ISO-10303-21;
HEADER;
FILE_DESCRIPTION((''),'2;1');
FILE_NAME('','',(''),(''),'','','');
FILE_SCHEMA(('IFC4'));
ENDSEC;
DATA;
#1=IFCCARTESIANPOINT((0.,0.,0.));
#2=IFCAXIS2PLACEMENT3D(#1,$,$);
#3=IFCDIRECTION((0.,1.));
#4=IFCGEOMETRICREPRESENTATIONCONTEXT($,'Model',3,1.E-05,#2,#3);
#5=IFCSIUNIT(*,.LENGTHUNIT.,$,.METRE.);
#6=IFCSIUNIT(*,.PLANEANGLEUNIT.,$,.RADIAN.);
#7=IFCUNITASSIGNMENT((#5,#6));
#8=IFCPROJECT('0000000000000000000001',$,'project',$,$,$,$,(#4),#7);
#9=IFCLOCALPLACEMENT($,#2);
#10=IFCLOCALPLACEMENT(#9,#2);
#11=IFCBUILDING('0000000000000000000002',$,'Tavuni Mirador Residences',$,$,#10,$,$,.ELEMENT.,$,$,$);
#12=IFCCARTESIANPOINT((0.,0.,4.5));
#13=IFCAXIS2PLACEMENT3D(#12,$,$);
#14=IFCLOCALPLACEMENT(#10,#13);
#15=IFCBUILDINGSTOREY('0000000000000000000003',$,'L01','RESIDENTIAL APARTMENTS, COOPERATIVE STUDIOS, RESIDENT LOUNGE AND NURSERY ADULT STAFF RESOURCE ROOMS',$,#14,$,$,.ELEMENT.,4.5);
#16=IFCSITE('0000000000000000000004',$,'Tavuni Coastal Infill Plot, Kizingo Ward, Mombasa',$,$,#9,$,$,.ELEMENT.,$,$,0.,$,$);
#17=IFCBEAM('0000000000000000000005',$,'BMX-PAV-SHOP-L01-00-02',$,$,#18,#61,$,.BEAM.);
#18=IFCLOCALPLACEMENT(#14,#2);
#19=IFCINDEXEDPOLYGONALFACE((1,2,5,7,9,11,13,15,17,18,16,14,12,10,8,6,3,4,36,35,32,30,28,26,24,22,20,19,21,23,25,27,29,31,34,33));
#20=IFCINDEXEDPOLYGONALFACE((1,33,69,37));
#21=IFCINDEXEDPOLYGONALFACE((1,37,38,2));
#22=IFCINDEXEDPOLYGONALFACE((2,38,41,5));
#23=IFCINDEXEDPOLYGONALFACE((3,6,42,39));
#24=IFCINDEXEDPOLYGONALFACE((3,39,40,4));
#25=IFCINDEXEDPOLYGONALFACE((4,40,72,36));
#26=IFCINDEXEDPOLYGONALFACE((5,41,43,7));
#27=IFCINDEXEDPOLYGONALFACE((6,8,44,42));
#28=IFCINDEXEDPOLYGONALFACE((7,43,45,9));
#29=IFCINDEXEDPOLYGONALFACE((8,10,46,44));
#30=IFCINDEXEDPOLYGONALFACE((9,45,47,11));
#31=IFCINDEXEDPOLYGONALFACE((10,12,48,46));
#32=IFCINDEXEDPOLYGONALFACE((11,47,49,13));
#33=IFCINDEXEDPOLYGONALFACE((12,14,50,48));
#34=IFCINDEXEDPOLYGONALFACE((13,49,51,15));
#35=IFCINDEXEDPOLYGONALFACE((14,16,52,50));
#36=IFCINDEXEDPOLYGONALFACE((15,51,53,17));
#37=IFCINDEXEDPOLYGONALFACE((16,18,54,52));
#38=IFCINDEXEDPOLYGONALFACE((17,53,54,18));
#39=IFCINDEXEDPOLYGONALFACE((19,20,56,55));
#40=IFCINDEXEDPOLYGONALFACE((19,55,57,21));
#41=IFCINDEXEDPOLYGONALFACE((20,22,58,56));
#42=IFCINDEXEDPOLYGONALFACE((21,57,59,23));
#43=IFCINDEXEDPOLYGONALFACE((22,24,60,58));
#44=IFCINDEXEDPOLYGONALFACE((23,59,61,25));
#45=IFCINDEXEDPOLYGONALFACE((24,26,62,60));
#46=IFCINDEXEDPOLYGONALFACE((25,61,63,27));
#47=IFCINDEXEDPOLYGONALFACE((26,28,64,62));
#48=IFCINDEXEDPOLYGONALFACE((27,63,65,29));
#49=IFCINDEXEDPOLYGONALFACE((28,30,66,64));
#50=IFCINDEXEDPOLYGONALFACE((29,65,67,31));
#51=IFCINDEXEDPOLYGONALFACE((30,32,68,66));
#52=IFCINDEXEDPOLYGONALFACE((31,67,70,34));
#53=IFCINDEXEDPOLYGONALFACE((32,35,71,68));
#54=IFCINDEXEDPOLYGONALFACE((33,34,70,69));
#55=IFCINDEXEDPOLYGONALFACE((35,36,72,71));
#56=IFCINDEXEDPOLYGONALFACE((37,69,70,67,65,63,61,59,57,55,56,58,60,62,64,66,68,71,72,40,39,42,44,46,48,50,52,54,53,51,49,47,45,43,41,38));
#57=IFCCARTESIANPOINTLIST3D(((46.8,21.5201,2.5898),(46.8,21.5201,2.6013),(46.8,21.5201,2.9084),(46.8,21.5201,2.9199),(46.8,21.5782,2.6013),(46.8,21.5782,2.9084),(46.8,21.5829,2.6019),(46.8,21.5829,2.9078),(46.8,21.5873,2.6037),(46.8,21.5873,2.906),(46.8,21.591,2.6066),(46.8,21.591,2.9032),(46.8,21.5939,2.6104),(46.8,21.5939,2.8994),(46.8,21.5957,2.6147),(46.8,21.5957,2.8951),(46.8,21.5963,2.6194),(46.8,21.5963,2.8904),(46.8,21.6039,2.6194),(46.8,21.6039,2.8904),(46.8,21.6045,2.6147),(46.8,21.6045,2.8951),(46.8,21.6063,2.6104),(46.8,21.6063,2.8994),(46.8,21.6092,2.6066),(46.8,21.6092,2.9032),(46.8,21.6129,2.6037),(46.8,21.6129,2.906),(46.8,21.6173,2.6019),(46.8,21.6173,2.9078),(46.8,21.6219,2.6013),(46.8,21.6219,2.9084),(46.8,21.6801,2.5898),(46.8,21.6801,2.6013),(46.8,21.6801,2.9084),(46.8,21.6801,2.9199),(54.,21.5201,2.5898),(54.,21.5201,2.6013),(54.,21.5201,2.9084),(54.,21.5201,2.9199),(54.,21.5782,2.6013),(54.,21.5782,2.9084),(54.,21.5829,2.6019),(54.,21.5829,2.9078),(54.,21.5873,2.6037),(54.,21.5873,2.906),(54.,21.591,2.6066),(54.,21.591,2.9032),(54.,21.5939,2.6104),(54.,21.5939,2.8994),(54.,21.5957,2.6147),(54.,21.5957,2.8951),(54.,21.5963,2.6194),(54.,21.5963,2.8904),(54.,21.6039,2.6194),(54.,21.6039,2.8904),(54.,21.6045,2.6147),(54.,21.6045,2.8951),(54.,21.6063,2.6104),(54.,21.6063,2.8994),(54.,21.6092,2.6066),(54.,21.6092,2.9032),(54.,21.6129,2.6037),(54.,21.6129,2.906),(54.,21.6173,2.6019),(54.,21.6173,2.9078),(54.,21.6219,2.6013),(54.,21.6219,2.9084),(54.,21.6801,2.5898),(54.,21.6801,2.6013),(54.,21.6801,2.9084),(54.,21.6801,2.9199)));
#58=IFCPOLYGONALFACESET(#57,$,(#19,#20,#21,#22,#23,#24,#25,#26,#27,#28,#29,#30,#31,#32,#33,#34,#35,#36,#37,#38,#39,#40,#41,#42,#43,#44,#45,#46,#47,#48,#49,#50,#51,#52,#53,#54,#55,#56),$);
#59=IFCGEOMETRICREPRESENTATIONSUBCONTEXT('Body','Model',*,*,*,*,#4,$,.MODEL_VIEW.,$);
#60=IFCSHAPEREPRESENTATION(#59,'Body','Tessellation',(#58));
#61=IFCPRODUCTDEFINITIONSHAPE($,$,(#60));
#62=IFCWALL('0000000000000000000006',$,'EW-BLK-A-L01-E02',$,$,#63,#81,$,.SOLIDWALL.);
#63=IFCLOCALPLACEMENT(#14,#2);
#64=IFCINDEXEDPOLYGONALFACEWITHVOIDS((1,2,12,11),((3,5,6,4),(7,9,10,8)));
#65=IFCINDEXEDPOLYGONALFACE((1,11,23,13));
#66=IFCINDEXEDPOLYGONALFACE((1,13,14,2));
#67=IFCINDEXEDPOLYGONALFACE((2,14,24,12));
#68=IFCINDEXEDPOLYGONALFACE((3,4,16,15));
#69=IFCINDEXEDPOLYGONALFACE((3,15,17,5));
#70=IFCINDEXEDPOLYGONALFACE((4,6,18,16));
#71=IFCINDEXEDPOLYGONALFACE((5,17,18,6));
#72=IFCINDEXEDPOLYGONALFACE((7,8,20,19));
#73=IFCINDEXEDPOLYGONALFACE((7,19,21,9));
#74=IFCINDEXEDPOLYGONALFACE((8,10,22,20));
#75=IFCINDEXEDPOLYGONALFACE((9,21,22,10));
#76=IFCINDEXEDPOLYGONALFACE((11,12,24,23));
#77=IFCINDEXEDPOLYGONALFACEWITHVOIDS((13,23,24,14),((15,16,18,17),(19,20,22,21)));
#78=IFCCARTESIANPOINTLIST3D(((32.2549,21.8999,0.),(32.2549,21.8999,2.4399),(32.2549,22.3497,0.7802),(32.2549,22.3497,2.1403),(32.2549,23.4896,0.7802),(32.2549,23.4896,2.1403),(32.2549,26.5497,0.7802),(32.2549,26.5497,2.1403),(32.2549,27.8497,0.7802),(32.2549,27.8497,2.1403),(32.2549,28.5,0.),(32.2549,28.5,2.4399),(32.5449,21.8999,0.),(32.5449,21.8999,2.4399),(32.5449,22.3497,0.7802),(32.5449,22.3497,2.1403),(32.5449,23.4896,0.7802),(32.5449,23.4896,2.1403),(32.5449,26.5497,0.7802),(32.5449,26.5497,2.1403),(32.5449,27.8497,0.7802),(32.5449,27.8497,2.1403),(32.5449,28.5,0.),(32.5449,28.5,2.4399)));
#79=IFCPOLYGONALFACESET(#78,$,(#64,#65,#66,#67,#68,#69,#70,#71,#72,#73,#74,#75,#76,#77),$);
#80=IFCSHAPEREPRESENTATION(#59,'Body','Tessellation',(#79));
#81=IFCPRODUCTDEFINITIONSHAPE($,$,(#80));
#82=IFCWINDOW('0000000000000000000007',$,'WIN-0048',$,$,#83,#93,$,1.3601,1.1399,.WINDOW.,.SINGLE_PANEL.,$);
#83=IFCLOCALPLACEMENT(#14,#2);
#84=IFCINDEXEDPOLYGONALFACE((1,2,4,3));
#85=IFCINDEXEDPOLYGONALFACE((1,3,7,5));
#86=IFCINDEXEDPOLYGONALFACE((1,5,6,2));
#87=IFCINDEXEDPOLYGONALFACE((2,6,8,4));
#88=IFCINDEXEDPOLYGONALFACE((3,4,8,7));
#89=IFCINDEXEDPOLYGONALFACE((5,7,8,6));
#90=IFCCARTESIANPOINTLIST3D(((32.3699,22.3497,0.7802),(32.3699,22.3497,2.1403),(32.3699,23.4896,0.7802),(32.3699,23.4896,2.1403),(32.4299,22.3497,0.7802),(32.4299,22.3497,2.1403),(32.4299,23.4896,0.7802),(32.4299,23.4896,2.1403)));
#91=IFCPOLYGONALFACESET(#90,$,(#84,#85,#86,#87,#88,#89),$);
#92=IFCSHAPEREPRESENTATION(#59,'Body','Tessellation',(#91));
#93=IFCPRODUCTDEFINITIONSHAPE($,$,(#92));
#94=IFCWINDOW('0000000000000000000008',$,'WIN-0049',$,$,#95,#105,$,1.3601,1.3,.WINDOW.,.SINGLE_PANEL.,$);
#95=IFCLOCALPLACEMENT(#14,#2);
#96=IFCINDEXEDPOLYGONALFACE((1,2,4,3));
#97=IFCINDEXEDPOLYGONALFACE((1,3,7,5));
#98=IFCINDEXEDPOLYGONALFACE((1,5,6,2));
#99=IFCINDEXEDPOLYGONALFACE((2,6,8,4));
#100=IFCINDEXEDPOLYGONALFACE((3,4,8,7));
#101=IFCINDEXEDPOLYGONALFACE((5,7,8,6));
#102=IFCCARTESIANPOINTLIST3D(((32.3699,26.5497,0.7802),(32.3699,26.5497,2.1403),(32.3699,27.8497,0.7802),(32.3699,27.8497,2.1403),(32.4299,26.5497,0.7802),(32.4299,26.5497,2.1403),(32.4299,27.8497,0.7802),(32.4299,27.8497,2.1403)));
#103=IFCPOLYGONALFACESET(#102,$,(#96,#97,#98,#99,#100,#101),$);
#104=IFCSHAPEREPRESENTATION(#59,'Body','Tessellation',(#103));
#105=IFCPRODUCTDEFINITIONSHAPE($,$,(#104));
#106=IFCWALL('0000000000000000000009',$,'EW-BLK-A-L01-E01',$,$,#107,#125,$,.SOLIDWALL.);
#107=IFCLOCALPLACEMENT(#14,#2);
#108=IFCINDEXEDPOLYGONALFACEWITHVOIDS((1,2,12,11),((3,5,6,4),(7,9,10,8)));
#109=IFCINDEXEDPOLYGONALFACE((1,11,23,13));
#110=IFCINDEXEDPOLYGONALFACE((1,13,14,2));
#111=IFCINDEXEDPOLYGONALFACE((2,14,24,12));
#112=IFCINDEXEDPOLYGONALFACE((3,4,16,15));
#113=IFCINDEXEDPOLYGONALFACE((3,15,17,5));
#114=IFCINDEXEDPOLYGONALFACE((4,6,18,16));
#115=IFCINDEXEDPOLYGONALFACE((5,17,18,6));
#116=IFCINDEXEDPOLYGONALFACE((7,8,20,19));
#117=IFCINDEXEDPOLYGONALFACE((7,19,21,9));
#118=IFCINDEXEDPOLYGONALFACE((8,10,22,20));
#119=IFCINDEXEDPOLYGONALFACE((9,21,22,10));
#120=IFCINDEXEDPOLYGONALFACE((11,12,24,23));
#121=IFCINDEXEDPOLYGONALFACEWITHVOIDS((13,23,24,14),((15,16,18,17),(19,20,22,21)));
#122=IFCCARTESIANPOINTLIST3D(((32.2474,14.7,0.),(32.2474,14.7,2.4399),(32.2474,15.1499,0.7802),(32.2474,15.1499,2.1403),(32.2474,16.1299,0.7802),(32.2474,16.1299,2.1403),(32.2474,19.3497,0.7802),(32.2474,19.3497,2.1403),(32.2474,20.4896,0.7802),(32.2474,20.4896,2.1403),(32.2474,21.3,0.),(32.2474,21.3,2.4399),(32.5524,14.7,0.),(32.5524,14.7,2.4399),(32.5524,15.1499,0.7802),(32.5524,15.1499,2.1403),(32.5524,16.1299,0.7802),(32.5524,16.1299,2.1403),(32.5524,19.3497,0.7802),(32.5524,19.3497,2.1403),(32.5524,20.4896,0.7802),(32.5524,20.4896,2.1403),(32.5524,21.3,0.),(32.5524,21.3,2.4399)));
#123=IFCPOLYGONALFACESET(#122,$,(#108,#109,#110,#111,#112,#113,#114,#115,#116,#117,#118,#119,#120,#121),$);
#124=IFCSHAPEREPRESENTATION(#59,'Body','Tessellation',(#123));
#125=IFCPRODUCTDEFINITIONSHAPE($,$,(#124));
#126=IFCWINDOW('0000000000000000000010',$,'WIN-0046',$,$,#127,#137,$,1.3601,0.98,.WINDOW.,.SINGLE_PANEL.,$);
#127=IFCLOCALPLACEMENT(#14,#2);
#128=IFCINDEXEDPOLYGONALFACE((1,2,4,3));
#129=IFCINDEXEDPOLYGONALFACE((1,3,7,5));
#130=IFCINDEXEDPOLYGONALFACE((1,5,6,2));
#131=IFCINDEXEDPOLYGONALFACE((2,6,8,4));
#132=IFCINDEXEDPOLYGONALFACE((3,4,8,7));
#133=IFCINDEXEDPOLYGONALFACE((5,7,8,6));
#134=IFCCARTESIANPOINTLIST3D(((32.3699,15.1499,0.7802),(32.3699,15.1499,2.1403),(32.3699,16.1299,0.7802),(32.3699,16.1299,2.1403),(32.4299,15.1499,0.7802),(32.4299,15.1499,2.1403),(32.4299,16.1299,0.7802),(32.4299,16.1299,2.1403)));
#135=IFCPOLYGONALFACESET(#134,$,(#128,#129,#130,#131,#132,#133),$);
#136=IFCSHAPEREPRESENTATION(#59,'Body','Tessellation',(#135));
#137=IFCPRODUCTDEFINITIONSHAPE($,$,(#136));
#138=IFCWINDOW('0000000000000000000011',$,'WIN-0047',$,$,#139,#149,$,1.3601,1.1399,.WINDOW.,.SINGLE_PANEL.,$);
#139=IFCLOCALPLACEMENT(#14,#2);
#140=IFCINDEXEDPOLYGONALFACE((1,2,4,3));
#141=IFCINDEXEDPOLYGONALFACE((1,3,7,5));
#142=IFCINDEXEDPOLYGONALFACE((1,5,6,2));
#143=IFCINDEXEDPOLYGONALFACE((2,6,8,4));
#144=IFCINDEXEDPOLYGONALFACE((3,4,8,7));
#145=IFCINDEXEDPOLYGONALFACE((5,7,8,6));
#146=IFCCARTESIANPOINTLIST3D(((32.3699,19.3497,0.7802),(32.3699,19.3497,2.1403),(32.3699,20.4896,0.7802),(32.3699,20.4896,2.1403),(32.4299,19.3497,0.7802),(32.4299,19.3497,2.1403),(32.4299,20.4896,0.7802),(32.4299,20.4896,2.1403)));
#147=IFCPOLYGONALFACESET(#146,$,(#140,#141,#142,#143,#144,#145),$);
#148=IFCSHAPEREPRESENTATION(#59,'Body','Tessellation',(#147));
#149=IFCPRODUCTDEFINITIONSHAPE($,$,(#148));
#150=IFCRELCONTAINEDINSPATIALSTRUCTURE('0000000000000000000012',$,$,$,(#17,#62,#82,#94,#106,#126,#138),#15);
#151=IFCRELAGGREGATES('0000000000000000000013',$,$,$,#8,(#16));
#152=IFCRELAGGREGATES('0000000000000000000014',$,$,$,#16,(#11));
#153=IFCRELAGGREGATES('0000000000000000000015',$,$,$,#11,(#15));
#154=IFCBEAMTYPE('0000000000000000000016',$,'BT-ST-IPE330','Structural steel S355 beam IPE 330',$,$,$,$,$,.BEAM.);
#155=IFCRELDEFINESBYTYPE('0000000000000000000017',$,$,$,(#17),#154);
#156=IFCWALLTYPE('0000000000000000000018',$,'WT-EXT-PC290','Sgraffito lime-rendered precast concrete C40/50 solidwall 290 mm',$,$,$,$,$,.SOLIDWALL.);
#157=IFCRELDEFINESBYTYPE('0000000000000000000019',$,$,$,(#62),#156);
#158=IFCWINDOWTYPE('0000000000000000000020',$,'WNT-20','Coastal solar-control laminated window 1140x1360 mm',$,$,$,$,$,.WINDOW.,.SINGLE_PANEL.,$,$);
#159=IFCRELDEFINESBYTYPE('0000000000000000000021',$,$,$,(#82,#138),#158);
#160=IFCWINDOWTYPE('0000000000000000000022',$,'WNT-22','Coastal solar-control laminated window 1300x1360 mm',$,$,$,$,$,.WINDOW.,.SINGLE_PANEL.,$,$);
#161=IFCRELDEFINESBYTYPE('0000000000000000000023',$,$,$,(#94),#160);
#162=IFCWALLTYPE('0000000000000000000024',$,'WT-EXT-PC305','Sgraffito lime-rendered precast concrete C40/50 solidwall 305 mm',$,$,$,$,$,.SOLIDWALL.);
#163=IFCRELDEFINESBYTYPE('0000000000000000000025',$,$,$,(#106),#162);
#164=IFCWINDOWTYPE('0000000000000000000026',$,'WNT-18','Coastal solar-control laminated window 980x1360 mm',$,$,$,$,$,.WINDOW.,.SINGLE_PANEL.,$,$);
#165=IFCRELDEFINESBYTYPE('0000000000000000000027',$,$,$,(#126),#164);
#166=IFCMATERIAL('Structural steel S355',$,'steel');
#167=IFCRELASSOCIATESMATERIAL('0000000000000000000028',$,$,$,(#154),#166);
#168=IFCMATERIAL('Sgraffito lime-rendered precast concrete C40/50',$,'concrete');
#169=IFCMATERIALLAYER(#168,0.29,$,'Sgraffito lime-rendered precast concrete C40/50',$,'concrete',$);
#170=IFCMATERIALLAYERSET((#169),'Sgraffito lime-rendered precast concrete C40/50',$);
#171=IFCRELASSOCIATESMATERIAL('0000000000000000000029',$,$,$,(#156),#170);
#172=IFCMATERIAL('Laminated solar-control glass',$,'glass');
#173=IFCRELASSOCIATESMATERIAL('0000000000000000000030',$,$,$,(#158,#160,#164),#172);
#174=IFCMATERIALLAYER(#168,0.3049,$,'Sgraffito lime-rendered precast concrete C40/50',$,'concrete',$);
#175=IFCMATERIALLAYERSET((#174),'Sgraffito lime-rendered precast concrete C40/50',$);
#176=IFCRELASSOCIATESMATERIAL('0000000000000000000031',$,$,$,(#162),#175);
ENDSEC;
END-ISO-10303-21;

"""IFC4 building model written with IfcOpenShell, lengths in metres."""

from ifc_helpers import new_model, si_unit, direction, frame, frame_2d, origin, origin_2d, place, context, subcontext, project, spatial, rectangle, i_section, extrude, material, layer, layer_set, material_profile, profile_set, type_object, element, fill, save


model = new_model("IFC4")

# Units and contexts
model_context = context("Model", 3, precision=1e-05, world=origin(), true_north=direction((0.0, 1.0)))
body_context = subcontext(model_context, "Body", "Model", "MODEL_VIEW")
ifc_project = project(units=[si_unit("LENGTHUNIT", "METRE"), si_unit("PLANEANGLEUNIT", "RADIAN")], contexts=[model_context])

# Site, building, storey
site_placement = place(None, origin())
site = spatial("IfcSite", under=ifc_project, at=site_placement, Name="Tavuni Coastal Infill Plot, Kizingo Ward, Mombasa", CompositionType="ELEMENT", RefElevation=0.0)
building_placement = place(site_placement, origin())
building = spatial("IfcBuilding", under=site, at=building_placement, Name="Tavuni Mirador Residences", CompositionType="ELEMENT")
storey_placement = place(building_placement, frame((0.0, 0.0, 4.5)))
storey = spatial("IfcBuildingStorey", under=building, at=storey_placement, Name="L01", Description="RESIDENTIAL APARTMENTS, COOPERATIVE STUDIOS, RESIDENT LOUNGE AND NURSERY ADULT STAFF RESOURCE ROOMS", CompositionType="ELEMENT", Elevation=4.5)

# Beam
ifc_material_1 = material(Name="Structural steel S355", Category="steel")
ifc_material_profile_1 = material_profile(ifc_material_1, i_section(OverallWidth=0.1599, OverallDepth=0.3301, WebThickness=0.0076, FlangeThickness=0.0115, FilletRadius=0.0181, at=origin_2d()), Name="IPE 330", Category="steel")
ifc_profile_set_1 = profile_set([ifc_material_profile_1], Name="Structural steel S355")
beam_type_1 = type_object("IfcBeamType", Name="BT-ST-IPE330", Description="Structural steel S355 beam IPE 330", PredefinedType="BEAM", material=ifc_profile_set_1)
for number, where, z_axis, x_axis, name in (
    (1, (46.8, 21.6001, 2.7549), (1.0, 0.0, 0.0), (0.0, 1.0, 0.0), "BMX-PAV-SHOP-L01-00-02"),
):
    element("IfcBeam", number, at=place(storey_placement, frame(where, z_axis=z_axis, x_axis=x_axis)), inside=storey, type_object=beam_type_1, Name=name, PredefinedType="BEAM", context=body_context, shape_type="SweptSolid", body=[
        extrude(i_section(OverallWidth=0.1599, OverallDepth=0.3301, WebThickness=0.0076, FlangeThickness=0.0115, FilletRadius=0.0181, at=origin_2d()), origin(), (0.0, 0.0, 1.0), 7.2),
    ])

# Walls, openings, windows
ifc_material_2 = material(Name="Sgraffito lime-rendered precast concrete C40/50", Category="concrete")
ifc_layer_1 = layer(ifc_material_2, 0.29, Name="Sgraffito lime-rendered precast concrete C40/50", Category="concrete")
ifc_layer_set_1 = layer_set([ifc_layer_1], Name="Sgraffito lime-rendered precast concrete C40/50")
wall_type_1 = type_object("IfcWallType", Name="WT-EXT-PC290", Description="Sgraffito lime-rendered precast concrete C40/50 solidwall 290 mm", PredefinedType="SOLIDWALL", material=ifc_layer_set_1)
wall_1_placement = place(storey_placement, frame((32.3999, 21.8999, 0.0), z_axis=(0.0, 0.0, 1.0), x_axis=(0.0, 1.0, 0.0)))
wall_1 = element("IfcWall", 2, at=wall_1_placement, inside=storey, type_object=wall_type_1, Name="EW-BLK-A-L01-E02", PredefinedType="SOLIDWALL", context=body_context, shape_type="SweptSolid", body=[
    extrude(rectangle(XDim=6.6001, YDim=0.29, at=frame_2d((3.3, 0.0))), origin(), (0.0, 0.0, 1.0), 2.4399),
])
opening_1_placement = place(wall_1_placement, frame((0.45, 0.0, 0.78)))
opening_1 = element("IfcOpeningElement", 3, at=opening_1_placement, cuts=wall_1, PredefinedType="OPENING", context=body_context, shape_type="SweptSolid", body=[
    extrude(rectangle(XDim=1.1399, YDim=1.3601, at=frame_2d((0.5698, 0.6802))), frame((0.0, 0.155, 0.0), z_axis=(0.0, -1.0, 0.0), x_axis=(1.0, 0.0, 0.0)), (0.0, 0.0, 1.0), 0.3101),
])
opening_2_placement = place(wall_1_placement, frame((4.6499, 0.0, 0.78)))
opening_2 = element("IfcOpeningElement", 4, at=opening_2_placement, cuts=wall_1, PredefinedType="OPENING", context=body_context, shape_type="SweptSolid", body=[
    extrude(rectangle(XDim=1.3, YDim=1.3601, at=frame_2d((0.6499, 0.6802))), frame((0.0, 0.155, 0.0), z_axis=(0.0, -1.0, 0.0), x_axis=(1.0, 0.0, 0.0)), (0.0, 0.0, 1.0), 0.3101),
])
ifc_material_3 = material(Name="Laminated solar-control glass", Category="glass")
window_type_1 = type_object("IfcWindowType", Name="WNT-20", Description="Coastal solar-control laminated window 1140x1360 mm", PartitioningType="SINGLE_PANEL", PredefinedType="WINDOW", material=ifc_material_3)
window_1_placement = place(opening_1_placement, origin())
window_1 = element("IfcWindow", 5, at=window_1_placement, inside=storey, type_object=window_type_1, Name="WIN-0048", OverallHeight=1.3601, OverallWidth=1.1399, PartitioningType="SINGLE_PANEL", PredefinedType="WINDOW", context=body_context, shape_type="SweptSolid", body=[
    extrude(rectangle(XDim=1.1399, YDim=1.3601, at=frame_2d((0.5698, 0.6802))), frame((0.0, 0.03, 0.0), z_axis=(0.0, -1.0, 0.0), x_axis=(1.0, 0.0, 0.0)), (0.0, 0.0, 1.0), 0.0601),
])
fill(opening_1, window_1)
window_type_2 = type_object("IfcWindowType", Name="WNT-22", Description="Coastal solar-control laminated window 1300x1360 mm", PartitioningType="SINGLE_PANEL", PredefinedType="WINDOW", material=ifc_material_3)
window_2_placement = place(opening_2_placement, origin())
window_2 = element("IfcWindow", 6, at=window_2_placement, inside=storey, type_object=window_type_2, Name="WIN-0049", OverallHeight=1.3601, OverallWidth=1.3, PartitioningType="SINGLE_PANEL", PredefinedType="WINDOW", context=body_context, shape_type="SweptSolid", body=[
    extrude(rectangle(XDim=1.3, YDim=1.3601, at=frame_2d((0.6499, 0.6802))), frame((0.0, 0.03, 0.0), z_axis=(0.0, -1.0, 0.0), x_axis=(1.0, 0.0, 0.0)), (0.0, 0.0, 1.0), 0.0601),
])
fill(opening_2, window_2)
ifc_layer_2 = layer(ifc_material_2, 0.3049, Name="Sgraffito lime-rendered precast concrete C40/50", Category="concrete")
ifc_layer_set_2 = layer_set([ifc_layer_2], Name="Sgraffito lime-rendered precast concrete C40/50")
wall_type_2 = type_object("IfcWallType", Name="WT-EXT-PC305", Description="Sgraffito lime-rendered precast concrete C40/50 solidwall 305 mm", PredefinedType="SOLIDWALL", material=ifc_layer_set_2)
wall_2_placement = place(storey_placement, frame((32.3999, 14.7, 0.0), z_axis=(0.0, 0.0, 1.0), x_axis=(0.0, 1.0, 0.0)))
wall_2 = element("IfcWall", 7, at=wall_2_placement, inside=storey, type_object=wall_type_2, Name="EW-BLK-A-L01-E01", PredefinedType="SOLIDWALL", context=body_context, shape_type="SweptSolid", body=[
    extrude(rectangle(XDim=6.6001, YDim=0.3049, at=frame_2d((3.3, 0.0))), origin(), (0.0, 0.0, 1.0), 2.4399),
])
opening_3_placement = place(wall_2_placement, frame((0.45, 0.0, 0.78)))
opening_3 = element("IfcOpeningElement", 8, at=opening_3_placement, cuts=wall_2, PredefinedType="OPENING", context=body_context, shape_type="SweptSolid", body=[
    extrude(rectangle(XDim=0.98, YDim=1.3601, at=frame_2d((0.49, 0.6802))), frame((0.0, 0.1626, 0.0), z_axis=(0.0, -1.0, 0.0), x_axis=(1.0, 0.0, 0.0)), (0.0, 0.0, 1.0), 0.325),
])
opening_4_placement = place(wall_2_placement, frame((4.6499, 0.0, 0.78)))
opening_4 = element("IfcOpeningElement", 9, at=opening_4_placement, cuts=wall_2, PredefinedType="OPENING", context=body_context, shape_type="SweptSolid", body=[
    extrude(rectangle(XDim=1.1399, YDim=1.3601, at=frame_2d((0.5698, 0.6802))), frame((0.0, 0.1626, 0.0), z_axis=(0.0, -1.0, 0.0), x_axis=(1.0, 0.0, 0.0)), (0.0, 0.0, 1.0), 0.325),
])
window_type_3 = type_object("IfcWindowType", Name="WNT-18", Description="Coastal solar-control laminated window 980x1360 mm", PartitioningType="SINGLE_PANEL", PredefinedType="WINDOW", material=ifc_material_3)
window_3_placement = place(opening_3_placement, origin())
window_3 = element("IfcWindow", 10, at=window_3_placement, inside=storey, type_object=window_type_3, Name="WIN-0046", OverallHeight=1.3601, OverallWidth=0.98, PartitioningType="SINGLE_PANEL", PredefinedType="WINDOW", context=body_context, shape_type="SweptSolid", body=[
    extrude(rectangle(XDim=0.98, YDim=1.3601, at=frame_2d((0.49, 0.6802))), frame((0.0, 0.03, 0.0), z_axis=(0.0, -1.0, 0.0), x_axis=(1.0, 0.0, 0.0)), (0.0, 0.0, 1.0), 0.0601),
])
fill(opening_3, window_3)
window_4_placement = place(opening_4_placement, origin())
window_4 = element("IfcWindow", 11, at=window_4_placement, inside=storey, type_object=window_type_1, Name="WIN-0047", OverallHeight=1.3601, OverallWidth=1.1399, PartitioningType="SINGLE_PANEL", PredefinedType="WINDOW", context=body_context, shape_type="SweptSolid", body=[
    extrude(rectangle(XDim=1.1399, YDim=1.3601, at=frame_2d((0.5698, 0.6802))), frame((0.0, 0.03, 0.0), z_axis=(0.0, -1.0, 0.0), x_axis=(1.0, 0.0, 0.0)), (0.0, 0.0, 1.0), 0.0601),
])
fill(opening_4, window_4)

save(model, "model.ifc")
